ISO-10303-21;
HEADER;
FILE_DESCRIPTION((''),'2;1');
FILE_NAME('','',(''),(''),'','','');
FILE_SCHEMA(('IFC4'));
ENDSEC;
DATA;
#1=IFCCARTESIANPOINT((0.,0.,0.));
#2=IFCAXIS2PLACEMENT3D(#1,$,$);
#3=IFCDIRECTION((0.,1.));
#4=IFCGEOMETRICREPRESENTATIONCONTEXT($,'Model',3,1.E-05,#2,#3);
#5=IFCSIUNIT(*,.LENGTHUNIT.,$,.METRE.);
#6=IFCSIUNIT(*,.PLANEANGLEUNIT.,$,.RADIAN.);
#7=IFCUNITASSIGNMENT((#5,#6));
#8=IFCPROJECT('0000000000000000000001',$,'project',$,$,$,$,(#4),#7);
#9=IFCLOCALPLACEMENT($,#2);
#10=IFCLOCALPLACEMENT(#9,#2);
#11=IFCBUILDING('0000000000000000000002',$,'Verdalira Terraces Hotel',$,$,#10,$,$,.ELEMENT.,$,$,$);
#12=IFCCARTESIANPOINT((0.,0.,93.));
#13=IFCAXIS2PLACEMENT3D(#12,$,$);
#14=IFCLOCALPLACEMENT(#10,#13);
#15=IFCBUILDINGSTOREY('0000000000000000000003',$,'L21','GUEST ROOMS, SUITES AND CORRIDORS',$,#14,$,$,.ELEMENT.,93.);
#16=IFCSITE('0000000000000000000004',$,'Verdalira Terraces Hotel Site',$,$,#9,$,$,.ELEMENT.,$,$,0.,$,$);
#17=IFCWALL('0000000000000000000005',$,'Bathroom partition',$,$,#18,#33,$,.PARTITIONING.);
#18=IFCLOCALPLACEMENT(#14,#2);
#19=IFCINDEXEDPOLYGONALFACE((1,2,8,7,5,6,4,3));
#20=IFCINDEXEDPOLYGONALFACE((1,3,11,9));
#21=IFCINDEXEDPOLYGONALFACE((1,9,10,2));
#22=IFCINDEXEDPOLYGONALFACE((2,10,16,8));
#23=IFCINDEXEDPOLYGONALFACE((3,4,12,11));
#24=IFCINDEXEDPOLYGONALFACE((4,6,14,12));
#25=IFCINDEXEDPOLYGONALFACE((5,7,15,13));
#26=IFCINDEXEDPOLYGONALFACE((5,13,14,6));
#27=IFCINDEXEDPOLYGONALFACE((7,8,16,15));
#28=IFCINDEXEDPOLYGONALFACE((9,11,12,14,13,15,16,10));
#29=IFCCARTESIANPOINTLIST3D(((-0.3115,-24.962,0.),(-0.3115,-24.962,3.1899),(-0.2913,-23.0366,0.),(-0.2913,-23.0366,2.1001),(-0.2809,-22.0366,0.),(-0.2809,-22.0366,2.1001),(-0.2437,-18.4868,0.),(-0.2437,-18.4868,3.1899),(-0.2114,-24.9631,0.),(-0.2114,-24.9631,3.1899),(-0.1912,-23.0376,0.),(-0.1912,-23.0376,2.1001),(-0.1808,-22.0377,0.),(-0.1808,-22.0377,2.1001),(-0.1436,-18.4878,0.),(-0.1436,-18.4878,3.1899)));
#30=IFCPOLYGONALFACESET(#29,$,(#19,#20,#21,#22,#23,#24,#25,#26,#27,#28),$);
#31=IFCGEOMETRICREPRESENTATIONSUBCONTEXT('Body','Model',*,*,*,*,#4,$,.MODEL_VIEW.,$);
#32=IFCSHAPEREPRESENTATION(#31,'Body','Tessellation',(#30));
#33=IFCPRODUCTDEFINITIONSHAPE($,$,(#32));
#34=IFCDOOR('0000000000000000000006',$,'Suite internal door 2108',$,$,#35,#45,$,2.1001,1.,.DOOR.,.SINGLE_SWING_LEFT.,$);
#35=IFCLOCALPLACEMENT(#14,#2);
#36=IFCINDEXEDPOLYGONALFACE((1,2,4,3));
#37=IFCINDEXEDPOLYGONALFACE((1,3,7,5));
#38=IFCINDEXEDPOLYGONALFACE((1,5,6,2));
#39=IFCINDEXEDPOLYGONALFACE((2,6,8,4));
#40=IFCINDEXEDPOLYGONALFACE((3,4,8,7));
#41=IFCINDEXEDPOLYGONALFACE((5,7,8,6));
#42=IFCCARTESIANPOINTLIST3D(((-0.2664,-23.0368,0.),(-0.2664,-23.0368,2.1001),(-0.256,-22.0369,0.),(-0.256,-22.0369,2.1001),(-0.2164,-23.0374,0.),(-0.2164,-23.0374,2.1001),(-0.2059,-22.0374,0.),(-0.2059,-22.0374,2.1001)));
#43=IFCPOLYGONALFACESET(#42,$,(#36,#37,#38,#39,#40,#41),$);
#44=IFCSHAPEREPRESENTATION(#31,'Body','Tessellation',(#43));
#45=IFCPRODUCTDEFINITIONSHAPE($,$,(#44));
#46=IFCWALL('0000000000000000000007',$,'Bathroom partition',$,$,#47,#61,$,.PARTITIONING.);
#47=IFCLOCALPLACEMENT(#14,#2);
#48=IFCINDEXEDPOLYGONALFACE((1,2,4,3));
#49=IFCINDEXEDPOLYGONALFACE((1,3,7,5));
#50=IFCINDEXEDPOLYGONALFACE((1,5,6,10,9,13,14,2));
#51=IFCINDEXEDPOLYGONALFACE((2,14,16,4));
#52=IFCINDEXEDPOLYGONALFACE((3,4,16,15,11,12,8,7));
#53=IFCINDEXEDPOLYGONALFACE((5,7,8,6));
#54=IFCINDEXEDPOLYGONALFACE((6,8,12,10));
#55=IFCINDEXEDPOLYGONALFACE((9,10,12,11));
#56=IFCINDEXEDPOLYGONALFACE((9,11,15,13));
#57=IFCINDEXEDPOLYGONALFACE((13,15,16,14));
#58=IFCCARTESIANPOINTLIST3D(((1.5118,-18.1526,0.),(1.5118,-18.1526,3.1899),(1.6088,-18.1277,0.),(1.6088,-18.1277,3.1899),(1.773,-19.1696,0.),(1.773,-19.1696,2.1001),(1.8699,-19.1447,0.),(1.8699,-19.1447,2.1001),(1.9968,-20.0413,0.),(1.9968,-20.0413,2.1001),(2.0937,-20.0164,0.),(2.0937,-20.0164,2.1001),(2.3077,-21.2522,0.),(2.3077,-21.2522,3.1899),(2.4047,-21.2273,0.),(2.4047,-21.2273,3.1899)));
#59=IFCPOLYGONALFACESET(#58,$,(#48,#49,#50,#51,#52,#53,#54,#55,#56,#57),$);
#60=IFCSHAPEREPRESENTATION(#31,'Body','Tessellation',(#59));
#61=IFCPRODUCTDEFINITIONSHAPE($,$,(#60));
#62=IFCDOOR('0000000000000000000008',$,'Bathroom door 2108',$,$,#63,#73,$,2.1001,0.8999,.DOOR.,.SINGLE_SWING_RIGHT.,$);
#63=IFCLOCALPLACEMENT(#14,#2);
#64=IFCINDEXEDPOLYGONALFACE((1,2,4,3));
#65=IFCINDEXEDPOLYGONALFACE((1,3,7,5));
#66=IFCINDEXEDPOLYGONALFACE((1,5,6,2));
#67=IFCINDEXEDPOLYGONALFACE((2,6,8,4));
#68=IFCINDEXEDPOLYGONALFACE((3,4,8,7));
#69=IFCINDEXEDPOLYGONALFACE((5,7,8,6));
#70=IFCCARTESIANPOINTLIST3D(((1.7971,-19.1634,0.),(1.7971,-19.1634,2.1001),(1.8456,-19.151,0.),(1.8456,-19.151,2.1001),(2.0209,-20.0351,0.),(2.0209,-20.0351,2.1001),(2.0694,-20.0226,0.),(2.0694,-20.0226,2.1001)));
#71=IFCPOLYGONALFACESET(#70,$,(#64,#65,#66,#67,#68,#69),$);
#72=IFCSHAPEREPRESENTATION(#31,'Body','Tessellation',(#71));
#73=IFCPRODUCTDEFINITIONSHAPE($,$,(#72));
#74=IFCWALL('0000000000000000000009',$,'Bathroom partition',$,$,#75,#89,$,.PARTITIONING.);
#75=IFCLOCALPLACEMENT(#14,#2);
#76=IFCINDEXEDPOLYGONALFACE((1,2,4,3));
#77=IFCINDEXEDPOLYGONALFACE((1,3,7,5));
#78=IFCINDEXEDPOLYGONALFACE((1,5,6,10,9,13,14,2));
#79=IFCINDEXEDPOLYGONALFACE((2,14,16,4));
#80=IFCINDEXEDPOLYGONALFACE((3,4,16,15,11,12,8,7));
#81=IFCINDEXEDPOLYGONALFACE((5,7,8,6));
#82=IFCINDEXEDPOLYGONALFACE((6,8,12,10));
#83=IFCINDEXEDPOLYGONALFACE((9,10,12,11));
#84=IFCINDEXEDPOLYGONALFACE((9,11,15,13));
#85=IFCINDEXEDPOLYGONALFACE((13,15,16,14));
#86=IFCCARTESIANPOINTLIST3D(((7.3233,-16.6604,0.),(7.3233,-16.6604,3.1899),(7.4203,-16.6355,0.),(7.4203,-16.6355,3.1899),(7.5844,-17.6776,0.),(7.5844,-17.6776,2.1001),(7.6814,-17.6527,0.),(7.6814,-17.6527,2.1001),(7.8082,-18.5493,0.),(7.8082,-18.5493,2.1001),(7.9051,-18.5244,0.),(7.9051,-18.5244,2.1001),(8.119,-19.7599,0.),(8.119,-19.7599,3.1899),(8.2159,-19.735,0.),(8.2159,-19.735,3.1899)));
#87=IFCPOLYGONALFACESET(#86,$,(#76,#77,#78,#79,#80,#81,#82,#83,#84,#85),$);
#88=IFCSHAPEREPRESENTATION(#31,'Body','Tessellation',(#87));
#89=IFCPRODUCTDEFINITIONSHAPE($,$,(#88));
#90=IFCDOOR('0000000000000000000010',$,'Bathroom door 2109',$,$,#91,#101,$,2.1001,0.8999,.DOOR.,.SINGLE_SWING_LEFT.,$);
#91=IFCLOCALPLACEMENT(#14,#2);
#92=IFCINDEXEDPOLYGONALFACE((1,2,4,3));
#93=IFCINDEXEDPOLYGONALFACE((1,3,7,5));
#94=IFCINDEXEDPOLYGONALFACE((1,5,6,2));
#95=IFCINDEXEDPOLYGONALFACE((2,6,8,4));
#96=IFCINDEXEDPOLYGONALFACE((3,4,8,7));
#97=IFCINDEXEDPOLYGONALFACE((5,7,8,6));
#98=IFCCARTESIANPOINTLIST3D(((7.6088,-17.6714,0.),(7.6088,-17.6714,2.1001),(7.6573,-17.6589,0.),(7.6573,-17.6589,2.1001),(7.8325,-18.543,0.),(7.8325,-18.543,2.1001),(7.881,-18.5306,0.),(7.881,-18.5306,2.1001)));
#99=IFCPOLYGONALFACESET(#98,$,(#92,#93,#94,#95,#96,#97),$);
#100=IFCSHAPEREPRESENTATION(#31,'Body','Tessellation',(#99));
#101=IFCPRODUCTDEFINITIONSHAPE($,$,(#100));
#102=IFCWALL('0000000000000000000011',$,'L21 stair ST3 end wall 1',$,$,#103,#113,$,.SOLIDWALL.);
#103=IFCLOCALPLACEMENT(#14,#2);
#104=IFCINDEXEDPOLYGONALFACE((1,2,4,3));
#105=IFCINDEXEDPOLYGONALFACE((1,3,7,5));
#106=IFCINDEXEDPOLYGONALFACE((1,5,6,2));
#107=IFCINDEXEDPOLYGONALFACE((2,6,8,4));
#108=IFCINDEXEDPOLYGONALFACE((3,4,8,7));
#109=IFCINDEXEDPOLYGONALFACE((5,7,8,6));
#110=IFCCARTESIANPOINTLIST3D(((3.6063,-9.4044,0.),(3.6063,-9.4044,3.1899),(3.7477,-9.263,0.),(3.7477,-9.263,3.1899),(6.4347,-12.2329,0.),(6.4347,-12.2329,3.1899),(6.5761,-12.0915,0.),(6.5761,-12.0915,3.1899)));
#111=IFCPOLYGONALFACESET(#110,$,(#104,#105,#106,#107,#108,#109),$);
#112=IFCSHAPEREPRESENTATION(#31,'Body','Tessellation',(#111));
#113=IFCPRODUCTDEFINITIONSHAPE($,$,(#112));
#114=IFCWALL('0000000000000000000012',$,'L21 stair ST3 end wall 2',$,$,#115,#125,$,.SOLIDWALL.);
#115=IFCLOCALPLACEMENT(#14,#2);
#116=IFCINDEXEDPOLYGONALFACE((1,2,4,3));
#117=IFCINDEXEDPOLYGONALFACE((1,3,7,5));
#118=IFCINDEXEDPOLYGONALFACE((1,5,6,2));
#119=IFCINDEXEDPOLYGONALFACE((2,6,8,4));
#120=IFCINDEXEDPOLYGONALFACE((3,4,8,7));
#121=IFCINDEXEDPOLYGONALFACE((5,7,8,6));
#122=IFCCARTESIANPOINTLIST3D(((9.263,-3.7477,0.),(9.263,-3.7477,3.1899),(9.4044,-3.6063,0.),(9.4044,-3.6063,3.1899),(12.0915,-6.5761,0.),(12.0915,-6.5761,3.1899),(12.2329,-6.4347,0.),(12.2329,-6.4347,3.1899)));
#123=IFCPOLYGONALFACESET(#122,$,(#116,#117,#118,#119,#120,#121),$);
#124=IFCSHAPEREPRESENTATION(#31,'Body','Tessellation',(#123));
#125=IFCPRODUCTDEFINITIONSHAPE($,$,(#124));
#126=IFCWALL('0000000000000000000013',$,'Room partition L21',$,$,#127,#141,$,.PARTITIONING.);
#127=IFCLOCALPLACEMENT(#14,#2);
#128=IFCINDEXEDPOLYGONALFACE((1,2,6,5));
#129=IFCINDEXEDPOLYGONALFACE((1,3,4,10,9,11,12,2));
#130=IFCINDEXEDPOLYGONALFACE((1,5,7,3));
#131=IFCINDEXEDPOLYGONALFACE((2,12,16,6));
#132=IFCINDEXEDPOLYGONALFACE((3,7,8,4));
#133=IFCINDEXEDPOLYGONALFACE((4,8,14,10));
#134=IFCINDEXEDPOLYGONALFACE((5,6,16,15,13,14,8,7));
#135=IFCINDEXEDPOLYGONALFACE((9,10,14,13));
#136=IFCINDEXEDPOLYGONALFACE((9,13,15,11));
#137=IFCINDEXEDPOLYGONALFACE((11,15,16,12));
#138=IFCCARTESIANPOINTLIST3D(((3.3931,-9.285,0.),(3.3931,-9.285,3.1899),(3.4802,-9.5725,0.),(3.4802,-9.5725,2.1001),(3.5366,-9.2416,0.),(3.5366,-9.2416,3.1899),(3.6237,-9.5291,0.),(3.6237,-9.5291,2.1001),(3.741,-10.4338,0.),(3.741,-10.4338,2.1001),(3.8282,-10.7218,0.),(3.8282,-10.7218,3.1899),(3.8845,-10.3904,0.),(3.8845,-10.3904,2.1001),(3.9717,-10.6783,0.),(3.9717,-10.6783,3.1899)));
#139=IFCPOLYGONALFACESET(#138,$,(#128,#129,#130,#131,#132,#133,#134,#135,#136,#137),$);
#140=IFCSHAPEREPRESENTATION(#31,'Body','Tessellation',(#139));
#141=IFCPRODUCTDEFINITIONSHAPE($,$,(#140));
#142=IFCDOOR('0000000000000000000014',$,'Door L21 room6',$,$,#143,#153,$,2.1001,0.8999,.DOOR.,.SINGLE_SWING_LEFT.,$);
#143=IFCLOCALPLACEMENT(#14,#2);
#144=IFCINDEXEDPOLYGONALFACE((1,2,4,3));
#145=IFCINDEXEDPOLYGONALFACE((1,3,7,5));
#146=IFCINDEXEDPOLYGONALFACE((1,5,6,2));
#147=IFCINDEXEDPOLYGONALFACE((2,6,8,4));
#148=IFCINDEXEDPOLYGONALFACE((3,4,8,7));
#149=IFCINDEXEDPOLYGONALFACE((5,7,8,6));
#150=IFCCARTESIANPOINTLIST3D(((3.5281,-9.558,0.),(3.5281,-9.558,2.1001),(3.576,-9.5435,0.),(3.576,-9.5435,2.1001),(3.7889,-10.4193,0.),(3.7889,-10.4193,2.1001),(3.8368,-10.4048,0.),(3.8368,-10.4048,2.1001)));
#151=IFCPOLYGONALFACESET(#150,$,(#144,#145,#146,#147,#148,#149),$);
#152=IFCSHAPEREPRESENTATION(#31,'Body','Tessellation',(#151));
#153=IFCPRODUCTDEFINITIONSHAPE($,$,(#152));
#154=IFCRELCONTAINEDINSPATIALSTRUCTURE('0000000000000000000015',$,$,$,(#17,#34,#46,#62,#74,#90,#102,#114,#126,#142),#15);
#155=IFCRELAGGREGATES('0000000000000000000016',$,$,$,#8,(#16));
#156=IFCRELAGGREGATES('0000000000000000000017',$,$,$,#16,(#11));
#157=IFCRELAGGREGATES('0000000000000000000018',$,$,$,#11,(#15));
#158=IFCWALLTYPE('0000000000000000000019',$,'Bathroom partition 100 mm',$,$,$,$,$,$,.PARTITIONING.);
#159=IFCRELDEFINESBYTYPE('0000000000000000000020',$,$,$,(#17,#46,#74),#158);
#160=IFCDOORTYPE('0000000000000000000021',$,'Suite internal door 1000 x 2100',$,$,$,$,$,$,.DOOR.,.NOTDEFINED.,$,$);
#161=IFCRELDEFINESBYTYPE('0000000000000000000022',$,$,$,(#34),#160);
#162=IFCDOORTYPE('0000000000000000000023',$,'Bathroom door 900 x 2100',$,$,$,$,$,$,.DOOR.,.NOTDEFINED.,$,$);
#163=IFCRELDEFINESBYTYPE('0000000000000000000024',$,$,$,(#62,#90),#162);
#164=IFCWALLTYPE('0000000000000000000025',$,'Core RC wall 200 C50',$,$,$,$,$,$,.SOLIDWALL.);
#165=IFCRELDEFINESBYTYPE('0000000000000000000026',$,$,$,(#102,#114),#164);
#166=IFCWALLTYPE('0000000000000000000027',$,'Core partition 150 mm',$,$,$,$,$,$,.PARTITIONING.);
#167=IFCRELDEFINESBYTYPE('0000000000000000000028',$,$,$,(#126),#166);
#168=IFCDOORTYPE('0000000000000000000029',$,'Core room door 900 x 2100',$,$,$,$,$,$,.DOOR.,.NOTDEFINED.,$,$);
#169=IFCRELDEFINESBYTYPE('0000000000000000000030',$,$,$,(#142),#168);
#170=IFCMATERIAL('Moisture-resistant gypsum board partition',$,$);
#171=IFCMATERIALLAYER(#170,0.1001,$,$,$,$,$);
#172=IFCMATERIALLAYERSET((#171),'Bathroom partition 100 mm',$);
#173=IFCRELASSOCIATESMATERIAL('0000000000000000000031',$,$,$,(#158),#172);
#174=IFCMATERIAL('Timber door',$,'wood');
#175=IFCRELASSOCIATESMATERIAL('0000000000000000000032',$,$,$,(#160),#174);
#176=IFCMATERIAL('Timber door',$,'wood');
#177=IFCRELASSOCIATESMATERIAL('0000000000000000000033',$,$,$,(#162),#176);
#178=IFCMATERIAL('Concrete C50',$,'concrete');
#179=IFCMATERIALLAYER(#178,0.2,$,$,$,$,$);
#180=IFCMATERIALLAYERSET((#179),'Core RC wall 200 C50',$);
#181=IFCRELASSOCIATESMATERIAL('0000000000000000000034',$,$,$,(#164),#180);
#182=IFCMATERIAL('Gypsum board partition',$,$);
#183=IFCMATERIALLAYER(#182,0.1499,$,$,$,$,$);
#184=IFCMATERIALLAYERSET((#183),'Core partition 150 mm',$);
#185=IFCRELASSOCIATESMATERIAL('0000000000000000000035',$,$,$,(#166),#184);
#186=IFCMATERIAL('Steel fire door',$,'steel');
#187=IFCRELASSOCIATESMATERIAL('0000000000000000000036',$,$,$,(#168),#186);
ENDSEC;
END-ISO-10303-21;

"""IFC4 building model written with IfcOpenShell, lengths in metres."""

from ifc_helpers import new_model, si_unit, direction, frame, frame_2d, origin, place, context, subcontext, project, spatial, rectangle, extrude, material, layer, layer_set, type_object, element, fill, save


model = new_model("IFC4")

# Units and contexts
model_context = context("Model", 3, precision=1e-05, world=origin(), true_north=direction((0.0, 1.0)))
body_context = subcontext(model_context, "Body", "Model", "MODEL_VIEW")
ifc_project = project(units=[si_unit("LENGTHUNIT", "METRE"), si_unit("PLANEANGLEUNIT", "RADIAN")], contexts=[model_context])

# Site, building, storey
site_placement = place(None, origin())
site = spatial("IfcSite", under=ifc_project, at=site_placement, Name="Verdalira Terraces Hotel Site", CompositionType="ELEMENT", RefElevation=0.0)
building_placement = place(site_placement, origin())
building = spatial("IfcBuilding", under=site, at=building_placement, Name="Verdalira Terraces Hotel", CompositionType="ELEMENT")
storey_placement = place(building_placement, frame((0.0, 0.0, 93.0)))
storey = spatial("IfcBuildingStorey", under=building, at=storey_placement, Name="L21", Description="GUEST ROOMS, SUITES AND CORRIDORS", CompositionType="ELEMENT", Elevation=93.0)

# Walls, openings, doors
ifc_material_1 = material(Name="Moisture-resistant gypsum board partition")
ifc_layer_1 = layer(ifc_material_1, 0.1001)
ifc_layer_set_1 = layer_set([ifc_layer_1], Name="Bathroom partition 100 mm")
wall_type_1 = type_object("IfcWallType", Name="Bathroom partition 100 mm", PredefinedType="PARTITIONING", material=ifc_layer_set_1)
wall_1_placement = place(storey_placement, frame((-0.1936, -18.4873, 0.0), z_axis=(0.0, 0.0, 1.0), x_axis=(-0.010481, -0.999945, 0.0)))
wall_1 = element("IfcWall", 1, at=wall_1_placement, inside=storey, type_object=wall_type_1, Name="Bathroom partition", PredefinedType="PARTITIONING", context=body_context, shape_type="SweptSolid", body=[
    extrude(rectangle(XDim=6.4756, YDim=0.1001, at=frame_2d((3.2378, 0.0))), origin(), (0.0, 0.0, 1.0), 3.1899),
])
opening_1_placement = place(wall_1_placement, frame((3.55, 0.0, 0.0)))
opening_1 = element("IfcOpeningElement", 2, at=opening_1_placement, cuts=wall_1, PredefinedType="OPENING", context=body_context, shape_type="SweptSolid", body=[
    extrude(rectangle(XDim=1.0, YDim=2.1001, at=frame_2d((0.5, 1.05))), frame((0.0, 0.0601, 0.0), z_axis=(0.0, -1.0, 0.0), x_axis=(1.0, 0.0, 0.0)), (0.0, 0.0, 1.0), 0.1201),
])
ifc_material_2 = material(Name="Timber door", Category="wood")
door_type_1 = type_object("IfcDoorType", Name="Suite internal door 1000 x 2100", OperationType="NOTDEFINED", PredefinedType="DOOR", material=ifc_material_2)
door_1_placement = place(opening_1_placement, origin())
door_1 = element("IfcDoor", 3, at=door_1_placement, inside=storey, type_object=door_type_1, Name="Suite internal door 2108", OperationType="SINGLE_SWING_LEFT", OverallHeight=2.1001, OverallWidth=1.0, PredefinedType="DOOR", context=body_context, shape_type="SweptSolid", body=[
    extrude(rectangle(XDim=1.0, YDim=2.1001, at=frame_2d((0.5, 1.05))), frame((0.0, 0.0249, 0.0), z_axis=(0.0, -1.0, 0.0), x_axis=(1.0, 0.0, 0.0)), (0.0, 0.0, 1.0), 0.05),
])
fill(opening_1, door_1)
wall_2_placement = place(storey_placement, frame((1.5603, -18.1401, 0.0), z_axis=(0.0, 0.0, 1.0), x_axis=(0.248706, -0.968579, 0.0)))
wall_2 = element("IfcWall", 4, at=wall_2_placement, inside=storey, type_object=wall_type_1, Name="Bathroom partition", PredefinedType="PARTITIONING", context=body_context, shape_type="SweptSolid", body=[
    extrude(rectangle(XDim=3.2002, YDim=0.1001, at=frame_2d((1.6001, 0.0))), origin(), (0.0, 0.0, 1.0), 3.1899),
])
opening_2_placement = place(wall_2_placement, frame((1.05, 0.0, 0.0)))
opening_2 = element("IfcOpeningElement", 5, at=opening_2_placement, cuts=wall_2, PredefinedType="OPENING", context=body_context, shape_type="SweptSolid", body=[
    extrude(rectangle(XDim=0.8999, YDim=2.1001, at=frame_2d((0.45, 1.05))), frame((0.0, 0.0601, 0.0), z_axis=(0.0, -1.0, 0.0), x_axis=(1.0, 0.0, 0.0)), (0.0, 0.0, 1.0), 0.1201),
])
ifc_material_3 = material(Name="Timber door", Category="wood")
door_type_2 = type_object("IfcDoorType", Name="Bathroom door 900 x 2100", OperationType="NOTDEFINED", PredefinedType="DOOR", material=ifc_material_3)
door_2_placement = place(opening_2_placement, origin())
door_2 = element("IfcDoor", 6, at=door_2_placement, inside=storey, type_object=door_type_2, Name="Bathroom door 2108", OperationType="SINGLE_SWING_RIGHT", OverallHeight=2.1001, OverallWidth=0.8999, PredefinedType="DOOR", context=body_context, shape_type="SweptSolid", body=[
    extrude(rectangle(XDim=0.8999, YDim=2.1001, at=frame_2d((0.45, 1.05))), frame((0.0, 0.0249, 0.0), z_axis=(0.0, -1.0, 0.0), x_axis=(1.0, 0.0, 0.0)), (0.0, 0.0, 1.0), 0.05),
])
fill(opening_2, door_2)
wall_3_placement = place(storey_placement, frame((8.1675, -19.7476, 0.0), z_axis=(0.0, 0.0, 1.0), x_axis=(-0.248653, 0.968593, 0.0)))
wall_3 = element("IfcWall", 7, at=wall_3_placement, inside=storey, type_object=wall_type_1, Name="Bathroom partition", PredefinedType="PARTITIONING", context=body_context, shape_type="SweptSolid", body=[
    extrude(rectangle(XDim=3.2, YDim=0.1001, at=frame_2d((1.6001, 0.0))), origin(), (0.0, 0.0, 1.0), 3.1899),
])
opening_3_placement = place(wall_3_placement, frame((1.25, 0.0, 0.0)))
opening_3 = element("IfcOpeningElement", 8, at=opening_3_placement, cuts=wall_3, PredefinedType="OPENING", context=body_context, shape_type="SweptSolid", body=[
    extrude(rectangle(XDim=0.8999, YDim=2.1001, at=frame_2d((0.45, 1.05))), frame((0.0, 0.0601, 0.0), z_axis=(0.0, -1.0, 0.0), x_axis=(1.0, 0.0, 0.0)), (0.0, 0.0, 1.0), 0.1201),
])
door_3_placement = place(opening_3_placement, origin())
door_3 = element("IfcDoor", 9, at=door_3_placement, inside=storey, type_object=door_type_2, Name="Bathroom door 2109", OperationType="SINGLE_SWING_LEFT", OverallHeight=2.1001, OverallWidth=0.8999, PredefinedType="DOOR", context=body_context, shape_type="SweptSolid", body=[
    extrude(rectangle(XDim=0.8999, YDim=2.1001, at=frame_2d((0.45, 1.05))), frame((0.0, 0.0249, 0.0), z_axis=(0.0, -1.0, 0.0), x_axis=(1.0, 0.0, 0.0)), (0.0, 0.0, 1.0), 0.05),
])
fill(opening_3, door_3)

# Walls
ifc_material_4 = material(Name="Concrete C50", Category="concrete")
ifc_layer_2 = layer(ifc_material_4, 0.2)
ifc_layer_set_2 = layer_set([ifc_layer_2], Name="Core RC wall 200 C50")
wall_type_2 = type_object("IfcWallType", Name="Core RC wall 200 C50", PredefinedType="SOLIDWALL", material=ifc_layer_set_2)
for number, where, z_axis, x_axis, name in (
    (10, (3.677, -9.3337, 0.0), (0.0, 0.0, 1.0), (0.707107, -0.707107, 0.0), "L21 stair ST3 end wall 1"),
    (11, (9.3337, -3.677, 0.0), (0.0, 0.0, 1.0), (0.707107, -0.707107, 0.0), "L21 stair ST3 end wall 2"),
):
    element("IfcWall", number, at=place(storey_placement, frame(where, z_axis=z_axis, x_axis=x_axis)), inside=storey, type_object=wall_type_2, Name=name, PredefinedType="SOLIDWALL", context=body_context, shape_type="SweptSolid", body=[
        extrude(rectangle(XDim=4.0, YDim=0.2, at=frame_2d((2.0, 0.0))), origin(), (0.0, 0.0, 1.0), 3.1899),
    ])

# Wall, opening, door
ifc_material_5 = material(Name="Gypsum board partition")
ifc_layer_3 = layer(ifc_material_5, 0.1499)
ifc_layer_set_3 = layer_set([ifc_layer_3], Name="Core partition 150 mm")
wall_type_3 = type_object("IfcWallType", Name="Core partition 150 mm", PredefinedType="PARTITIONING", material=ifc_layer_set_3)
wall_4_placement = place(storey_placement, frame((3.8999, -10.7, 0.0), z_axis=(0.0, 0.0, 1.0), x_axis=(-0.289809, 0.957085, 0.0)))
wall_4 = element("IfcWall", 12, at=wall_4_placement, inside=storey, type_object=wall_type_3, Name="Room partition L21", PredefinedType="PARTITIONING", context=body_context, shape_type="SweptSolid", body=[
    extrude(rectangle(XDim=1.5012, YDim=0.1499, at=frame_2d((0.7505, 0.0))), origin(), (0.0, 0.0, 1.0), 3.1899),
])
opening_4_placement = place(wall_4_placement, frame((0.3008, 0.0, 0.0)))
opening_4 = element("IfcOpeningElement", 13, at=opening_4_placement, cuts=wall_4, PredefinedType="OPENING", context=body_context, shape_type="SweptSolid", body=[
    extrude(rectangle(XDim=0.8999, YDim=2.1001, at=frame_2d((0.45, 1.05))), frame((0.0, 0.085, 0.0), z_axis=(0.0, -1.0, 0.0), x_axis=(1.0, 0.0, 0.0)), (0.0, 0.0, 1.0), 0.1699),
])
ifc_material_6 = material(Name="Steel fire door", Category="steel")
door_type_3 = type_object("IfcDoorType", Name="Core room door 900 x 2100", OperationType="NOTDEFINED", PredefinedType="DOOR", material=ifc_material_6)
door_4_placement = place(opening_4_placement, origin())
door_4 = element("IfcDoor", 14, at=door_4_placement, inside=storey, type_object=door_type_3, Name="Door L21 room6", OperationType="SINGLE_SWING_LEFT", OverallHeight=2.1001, OverallWidth=0.8999, PredefinedType="DOOR", context=body_context, shape_type="SweptSolid", body=[
    extrude(rectangle(XDim=0.8999, YDim=2.1001, at=frame_2d((0.45, 1.05))), frame((0.0, 0.0249, 0.0), z_axis=(0.0, -1.0, 0.0), x_axis=(1.0, 0.0, 0.0)), (0.0, 0.0, 1.0), 0.05),
])
fill(opening_4, door_4)

save(model, "model.ifc")
